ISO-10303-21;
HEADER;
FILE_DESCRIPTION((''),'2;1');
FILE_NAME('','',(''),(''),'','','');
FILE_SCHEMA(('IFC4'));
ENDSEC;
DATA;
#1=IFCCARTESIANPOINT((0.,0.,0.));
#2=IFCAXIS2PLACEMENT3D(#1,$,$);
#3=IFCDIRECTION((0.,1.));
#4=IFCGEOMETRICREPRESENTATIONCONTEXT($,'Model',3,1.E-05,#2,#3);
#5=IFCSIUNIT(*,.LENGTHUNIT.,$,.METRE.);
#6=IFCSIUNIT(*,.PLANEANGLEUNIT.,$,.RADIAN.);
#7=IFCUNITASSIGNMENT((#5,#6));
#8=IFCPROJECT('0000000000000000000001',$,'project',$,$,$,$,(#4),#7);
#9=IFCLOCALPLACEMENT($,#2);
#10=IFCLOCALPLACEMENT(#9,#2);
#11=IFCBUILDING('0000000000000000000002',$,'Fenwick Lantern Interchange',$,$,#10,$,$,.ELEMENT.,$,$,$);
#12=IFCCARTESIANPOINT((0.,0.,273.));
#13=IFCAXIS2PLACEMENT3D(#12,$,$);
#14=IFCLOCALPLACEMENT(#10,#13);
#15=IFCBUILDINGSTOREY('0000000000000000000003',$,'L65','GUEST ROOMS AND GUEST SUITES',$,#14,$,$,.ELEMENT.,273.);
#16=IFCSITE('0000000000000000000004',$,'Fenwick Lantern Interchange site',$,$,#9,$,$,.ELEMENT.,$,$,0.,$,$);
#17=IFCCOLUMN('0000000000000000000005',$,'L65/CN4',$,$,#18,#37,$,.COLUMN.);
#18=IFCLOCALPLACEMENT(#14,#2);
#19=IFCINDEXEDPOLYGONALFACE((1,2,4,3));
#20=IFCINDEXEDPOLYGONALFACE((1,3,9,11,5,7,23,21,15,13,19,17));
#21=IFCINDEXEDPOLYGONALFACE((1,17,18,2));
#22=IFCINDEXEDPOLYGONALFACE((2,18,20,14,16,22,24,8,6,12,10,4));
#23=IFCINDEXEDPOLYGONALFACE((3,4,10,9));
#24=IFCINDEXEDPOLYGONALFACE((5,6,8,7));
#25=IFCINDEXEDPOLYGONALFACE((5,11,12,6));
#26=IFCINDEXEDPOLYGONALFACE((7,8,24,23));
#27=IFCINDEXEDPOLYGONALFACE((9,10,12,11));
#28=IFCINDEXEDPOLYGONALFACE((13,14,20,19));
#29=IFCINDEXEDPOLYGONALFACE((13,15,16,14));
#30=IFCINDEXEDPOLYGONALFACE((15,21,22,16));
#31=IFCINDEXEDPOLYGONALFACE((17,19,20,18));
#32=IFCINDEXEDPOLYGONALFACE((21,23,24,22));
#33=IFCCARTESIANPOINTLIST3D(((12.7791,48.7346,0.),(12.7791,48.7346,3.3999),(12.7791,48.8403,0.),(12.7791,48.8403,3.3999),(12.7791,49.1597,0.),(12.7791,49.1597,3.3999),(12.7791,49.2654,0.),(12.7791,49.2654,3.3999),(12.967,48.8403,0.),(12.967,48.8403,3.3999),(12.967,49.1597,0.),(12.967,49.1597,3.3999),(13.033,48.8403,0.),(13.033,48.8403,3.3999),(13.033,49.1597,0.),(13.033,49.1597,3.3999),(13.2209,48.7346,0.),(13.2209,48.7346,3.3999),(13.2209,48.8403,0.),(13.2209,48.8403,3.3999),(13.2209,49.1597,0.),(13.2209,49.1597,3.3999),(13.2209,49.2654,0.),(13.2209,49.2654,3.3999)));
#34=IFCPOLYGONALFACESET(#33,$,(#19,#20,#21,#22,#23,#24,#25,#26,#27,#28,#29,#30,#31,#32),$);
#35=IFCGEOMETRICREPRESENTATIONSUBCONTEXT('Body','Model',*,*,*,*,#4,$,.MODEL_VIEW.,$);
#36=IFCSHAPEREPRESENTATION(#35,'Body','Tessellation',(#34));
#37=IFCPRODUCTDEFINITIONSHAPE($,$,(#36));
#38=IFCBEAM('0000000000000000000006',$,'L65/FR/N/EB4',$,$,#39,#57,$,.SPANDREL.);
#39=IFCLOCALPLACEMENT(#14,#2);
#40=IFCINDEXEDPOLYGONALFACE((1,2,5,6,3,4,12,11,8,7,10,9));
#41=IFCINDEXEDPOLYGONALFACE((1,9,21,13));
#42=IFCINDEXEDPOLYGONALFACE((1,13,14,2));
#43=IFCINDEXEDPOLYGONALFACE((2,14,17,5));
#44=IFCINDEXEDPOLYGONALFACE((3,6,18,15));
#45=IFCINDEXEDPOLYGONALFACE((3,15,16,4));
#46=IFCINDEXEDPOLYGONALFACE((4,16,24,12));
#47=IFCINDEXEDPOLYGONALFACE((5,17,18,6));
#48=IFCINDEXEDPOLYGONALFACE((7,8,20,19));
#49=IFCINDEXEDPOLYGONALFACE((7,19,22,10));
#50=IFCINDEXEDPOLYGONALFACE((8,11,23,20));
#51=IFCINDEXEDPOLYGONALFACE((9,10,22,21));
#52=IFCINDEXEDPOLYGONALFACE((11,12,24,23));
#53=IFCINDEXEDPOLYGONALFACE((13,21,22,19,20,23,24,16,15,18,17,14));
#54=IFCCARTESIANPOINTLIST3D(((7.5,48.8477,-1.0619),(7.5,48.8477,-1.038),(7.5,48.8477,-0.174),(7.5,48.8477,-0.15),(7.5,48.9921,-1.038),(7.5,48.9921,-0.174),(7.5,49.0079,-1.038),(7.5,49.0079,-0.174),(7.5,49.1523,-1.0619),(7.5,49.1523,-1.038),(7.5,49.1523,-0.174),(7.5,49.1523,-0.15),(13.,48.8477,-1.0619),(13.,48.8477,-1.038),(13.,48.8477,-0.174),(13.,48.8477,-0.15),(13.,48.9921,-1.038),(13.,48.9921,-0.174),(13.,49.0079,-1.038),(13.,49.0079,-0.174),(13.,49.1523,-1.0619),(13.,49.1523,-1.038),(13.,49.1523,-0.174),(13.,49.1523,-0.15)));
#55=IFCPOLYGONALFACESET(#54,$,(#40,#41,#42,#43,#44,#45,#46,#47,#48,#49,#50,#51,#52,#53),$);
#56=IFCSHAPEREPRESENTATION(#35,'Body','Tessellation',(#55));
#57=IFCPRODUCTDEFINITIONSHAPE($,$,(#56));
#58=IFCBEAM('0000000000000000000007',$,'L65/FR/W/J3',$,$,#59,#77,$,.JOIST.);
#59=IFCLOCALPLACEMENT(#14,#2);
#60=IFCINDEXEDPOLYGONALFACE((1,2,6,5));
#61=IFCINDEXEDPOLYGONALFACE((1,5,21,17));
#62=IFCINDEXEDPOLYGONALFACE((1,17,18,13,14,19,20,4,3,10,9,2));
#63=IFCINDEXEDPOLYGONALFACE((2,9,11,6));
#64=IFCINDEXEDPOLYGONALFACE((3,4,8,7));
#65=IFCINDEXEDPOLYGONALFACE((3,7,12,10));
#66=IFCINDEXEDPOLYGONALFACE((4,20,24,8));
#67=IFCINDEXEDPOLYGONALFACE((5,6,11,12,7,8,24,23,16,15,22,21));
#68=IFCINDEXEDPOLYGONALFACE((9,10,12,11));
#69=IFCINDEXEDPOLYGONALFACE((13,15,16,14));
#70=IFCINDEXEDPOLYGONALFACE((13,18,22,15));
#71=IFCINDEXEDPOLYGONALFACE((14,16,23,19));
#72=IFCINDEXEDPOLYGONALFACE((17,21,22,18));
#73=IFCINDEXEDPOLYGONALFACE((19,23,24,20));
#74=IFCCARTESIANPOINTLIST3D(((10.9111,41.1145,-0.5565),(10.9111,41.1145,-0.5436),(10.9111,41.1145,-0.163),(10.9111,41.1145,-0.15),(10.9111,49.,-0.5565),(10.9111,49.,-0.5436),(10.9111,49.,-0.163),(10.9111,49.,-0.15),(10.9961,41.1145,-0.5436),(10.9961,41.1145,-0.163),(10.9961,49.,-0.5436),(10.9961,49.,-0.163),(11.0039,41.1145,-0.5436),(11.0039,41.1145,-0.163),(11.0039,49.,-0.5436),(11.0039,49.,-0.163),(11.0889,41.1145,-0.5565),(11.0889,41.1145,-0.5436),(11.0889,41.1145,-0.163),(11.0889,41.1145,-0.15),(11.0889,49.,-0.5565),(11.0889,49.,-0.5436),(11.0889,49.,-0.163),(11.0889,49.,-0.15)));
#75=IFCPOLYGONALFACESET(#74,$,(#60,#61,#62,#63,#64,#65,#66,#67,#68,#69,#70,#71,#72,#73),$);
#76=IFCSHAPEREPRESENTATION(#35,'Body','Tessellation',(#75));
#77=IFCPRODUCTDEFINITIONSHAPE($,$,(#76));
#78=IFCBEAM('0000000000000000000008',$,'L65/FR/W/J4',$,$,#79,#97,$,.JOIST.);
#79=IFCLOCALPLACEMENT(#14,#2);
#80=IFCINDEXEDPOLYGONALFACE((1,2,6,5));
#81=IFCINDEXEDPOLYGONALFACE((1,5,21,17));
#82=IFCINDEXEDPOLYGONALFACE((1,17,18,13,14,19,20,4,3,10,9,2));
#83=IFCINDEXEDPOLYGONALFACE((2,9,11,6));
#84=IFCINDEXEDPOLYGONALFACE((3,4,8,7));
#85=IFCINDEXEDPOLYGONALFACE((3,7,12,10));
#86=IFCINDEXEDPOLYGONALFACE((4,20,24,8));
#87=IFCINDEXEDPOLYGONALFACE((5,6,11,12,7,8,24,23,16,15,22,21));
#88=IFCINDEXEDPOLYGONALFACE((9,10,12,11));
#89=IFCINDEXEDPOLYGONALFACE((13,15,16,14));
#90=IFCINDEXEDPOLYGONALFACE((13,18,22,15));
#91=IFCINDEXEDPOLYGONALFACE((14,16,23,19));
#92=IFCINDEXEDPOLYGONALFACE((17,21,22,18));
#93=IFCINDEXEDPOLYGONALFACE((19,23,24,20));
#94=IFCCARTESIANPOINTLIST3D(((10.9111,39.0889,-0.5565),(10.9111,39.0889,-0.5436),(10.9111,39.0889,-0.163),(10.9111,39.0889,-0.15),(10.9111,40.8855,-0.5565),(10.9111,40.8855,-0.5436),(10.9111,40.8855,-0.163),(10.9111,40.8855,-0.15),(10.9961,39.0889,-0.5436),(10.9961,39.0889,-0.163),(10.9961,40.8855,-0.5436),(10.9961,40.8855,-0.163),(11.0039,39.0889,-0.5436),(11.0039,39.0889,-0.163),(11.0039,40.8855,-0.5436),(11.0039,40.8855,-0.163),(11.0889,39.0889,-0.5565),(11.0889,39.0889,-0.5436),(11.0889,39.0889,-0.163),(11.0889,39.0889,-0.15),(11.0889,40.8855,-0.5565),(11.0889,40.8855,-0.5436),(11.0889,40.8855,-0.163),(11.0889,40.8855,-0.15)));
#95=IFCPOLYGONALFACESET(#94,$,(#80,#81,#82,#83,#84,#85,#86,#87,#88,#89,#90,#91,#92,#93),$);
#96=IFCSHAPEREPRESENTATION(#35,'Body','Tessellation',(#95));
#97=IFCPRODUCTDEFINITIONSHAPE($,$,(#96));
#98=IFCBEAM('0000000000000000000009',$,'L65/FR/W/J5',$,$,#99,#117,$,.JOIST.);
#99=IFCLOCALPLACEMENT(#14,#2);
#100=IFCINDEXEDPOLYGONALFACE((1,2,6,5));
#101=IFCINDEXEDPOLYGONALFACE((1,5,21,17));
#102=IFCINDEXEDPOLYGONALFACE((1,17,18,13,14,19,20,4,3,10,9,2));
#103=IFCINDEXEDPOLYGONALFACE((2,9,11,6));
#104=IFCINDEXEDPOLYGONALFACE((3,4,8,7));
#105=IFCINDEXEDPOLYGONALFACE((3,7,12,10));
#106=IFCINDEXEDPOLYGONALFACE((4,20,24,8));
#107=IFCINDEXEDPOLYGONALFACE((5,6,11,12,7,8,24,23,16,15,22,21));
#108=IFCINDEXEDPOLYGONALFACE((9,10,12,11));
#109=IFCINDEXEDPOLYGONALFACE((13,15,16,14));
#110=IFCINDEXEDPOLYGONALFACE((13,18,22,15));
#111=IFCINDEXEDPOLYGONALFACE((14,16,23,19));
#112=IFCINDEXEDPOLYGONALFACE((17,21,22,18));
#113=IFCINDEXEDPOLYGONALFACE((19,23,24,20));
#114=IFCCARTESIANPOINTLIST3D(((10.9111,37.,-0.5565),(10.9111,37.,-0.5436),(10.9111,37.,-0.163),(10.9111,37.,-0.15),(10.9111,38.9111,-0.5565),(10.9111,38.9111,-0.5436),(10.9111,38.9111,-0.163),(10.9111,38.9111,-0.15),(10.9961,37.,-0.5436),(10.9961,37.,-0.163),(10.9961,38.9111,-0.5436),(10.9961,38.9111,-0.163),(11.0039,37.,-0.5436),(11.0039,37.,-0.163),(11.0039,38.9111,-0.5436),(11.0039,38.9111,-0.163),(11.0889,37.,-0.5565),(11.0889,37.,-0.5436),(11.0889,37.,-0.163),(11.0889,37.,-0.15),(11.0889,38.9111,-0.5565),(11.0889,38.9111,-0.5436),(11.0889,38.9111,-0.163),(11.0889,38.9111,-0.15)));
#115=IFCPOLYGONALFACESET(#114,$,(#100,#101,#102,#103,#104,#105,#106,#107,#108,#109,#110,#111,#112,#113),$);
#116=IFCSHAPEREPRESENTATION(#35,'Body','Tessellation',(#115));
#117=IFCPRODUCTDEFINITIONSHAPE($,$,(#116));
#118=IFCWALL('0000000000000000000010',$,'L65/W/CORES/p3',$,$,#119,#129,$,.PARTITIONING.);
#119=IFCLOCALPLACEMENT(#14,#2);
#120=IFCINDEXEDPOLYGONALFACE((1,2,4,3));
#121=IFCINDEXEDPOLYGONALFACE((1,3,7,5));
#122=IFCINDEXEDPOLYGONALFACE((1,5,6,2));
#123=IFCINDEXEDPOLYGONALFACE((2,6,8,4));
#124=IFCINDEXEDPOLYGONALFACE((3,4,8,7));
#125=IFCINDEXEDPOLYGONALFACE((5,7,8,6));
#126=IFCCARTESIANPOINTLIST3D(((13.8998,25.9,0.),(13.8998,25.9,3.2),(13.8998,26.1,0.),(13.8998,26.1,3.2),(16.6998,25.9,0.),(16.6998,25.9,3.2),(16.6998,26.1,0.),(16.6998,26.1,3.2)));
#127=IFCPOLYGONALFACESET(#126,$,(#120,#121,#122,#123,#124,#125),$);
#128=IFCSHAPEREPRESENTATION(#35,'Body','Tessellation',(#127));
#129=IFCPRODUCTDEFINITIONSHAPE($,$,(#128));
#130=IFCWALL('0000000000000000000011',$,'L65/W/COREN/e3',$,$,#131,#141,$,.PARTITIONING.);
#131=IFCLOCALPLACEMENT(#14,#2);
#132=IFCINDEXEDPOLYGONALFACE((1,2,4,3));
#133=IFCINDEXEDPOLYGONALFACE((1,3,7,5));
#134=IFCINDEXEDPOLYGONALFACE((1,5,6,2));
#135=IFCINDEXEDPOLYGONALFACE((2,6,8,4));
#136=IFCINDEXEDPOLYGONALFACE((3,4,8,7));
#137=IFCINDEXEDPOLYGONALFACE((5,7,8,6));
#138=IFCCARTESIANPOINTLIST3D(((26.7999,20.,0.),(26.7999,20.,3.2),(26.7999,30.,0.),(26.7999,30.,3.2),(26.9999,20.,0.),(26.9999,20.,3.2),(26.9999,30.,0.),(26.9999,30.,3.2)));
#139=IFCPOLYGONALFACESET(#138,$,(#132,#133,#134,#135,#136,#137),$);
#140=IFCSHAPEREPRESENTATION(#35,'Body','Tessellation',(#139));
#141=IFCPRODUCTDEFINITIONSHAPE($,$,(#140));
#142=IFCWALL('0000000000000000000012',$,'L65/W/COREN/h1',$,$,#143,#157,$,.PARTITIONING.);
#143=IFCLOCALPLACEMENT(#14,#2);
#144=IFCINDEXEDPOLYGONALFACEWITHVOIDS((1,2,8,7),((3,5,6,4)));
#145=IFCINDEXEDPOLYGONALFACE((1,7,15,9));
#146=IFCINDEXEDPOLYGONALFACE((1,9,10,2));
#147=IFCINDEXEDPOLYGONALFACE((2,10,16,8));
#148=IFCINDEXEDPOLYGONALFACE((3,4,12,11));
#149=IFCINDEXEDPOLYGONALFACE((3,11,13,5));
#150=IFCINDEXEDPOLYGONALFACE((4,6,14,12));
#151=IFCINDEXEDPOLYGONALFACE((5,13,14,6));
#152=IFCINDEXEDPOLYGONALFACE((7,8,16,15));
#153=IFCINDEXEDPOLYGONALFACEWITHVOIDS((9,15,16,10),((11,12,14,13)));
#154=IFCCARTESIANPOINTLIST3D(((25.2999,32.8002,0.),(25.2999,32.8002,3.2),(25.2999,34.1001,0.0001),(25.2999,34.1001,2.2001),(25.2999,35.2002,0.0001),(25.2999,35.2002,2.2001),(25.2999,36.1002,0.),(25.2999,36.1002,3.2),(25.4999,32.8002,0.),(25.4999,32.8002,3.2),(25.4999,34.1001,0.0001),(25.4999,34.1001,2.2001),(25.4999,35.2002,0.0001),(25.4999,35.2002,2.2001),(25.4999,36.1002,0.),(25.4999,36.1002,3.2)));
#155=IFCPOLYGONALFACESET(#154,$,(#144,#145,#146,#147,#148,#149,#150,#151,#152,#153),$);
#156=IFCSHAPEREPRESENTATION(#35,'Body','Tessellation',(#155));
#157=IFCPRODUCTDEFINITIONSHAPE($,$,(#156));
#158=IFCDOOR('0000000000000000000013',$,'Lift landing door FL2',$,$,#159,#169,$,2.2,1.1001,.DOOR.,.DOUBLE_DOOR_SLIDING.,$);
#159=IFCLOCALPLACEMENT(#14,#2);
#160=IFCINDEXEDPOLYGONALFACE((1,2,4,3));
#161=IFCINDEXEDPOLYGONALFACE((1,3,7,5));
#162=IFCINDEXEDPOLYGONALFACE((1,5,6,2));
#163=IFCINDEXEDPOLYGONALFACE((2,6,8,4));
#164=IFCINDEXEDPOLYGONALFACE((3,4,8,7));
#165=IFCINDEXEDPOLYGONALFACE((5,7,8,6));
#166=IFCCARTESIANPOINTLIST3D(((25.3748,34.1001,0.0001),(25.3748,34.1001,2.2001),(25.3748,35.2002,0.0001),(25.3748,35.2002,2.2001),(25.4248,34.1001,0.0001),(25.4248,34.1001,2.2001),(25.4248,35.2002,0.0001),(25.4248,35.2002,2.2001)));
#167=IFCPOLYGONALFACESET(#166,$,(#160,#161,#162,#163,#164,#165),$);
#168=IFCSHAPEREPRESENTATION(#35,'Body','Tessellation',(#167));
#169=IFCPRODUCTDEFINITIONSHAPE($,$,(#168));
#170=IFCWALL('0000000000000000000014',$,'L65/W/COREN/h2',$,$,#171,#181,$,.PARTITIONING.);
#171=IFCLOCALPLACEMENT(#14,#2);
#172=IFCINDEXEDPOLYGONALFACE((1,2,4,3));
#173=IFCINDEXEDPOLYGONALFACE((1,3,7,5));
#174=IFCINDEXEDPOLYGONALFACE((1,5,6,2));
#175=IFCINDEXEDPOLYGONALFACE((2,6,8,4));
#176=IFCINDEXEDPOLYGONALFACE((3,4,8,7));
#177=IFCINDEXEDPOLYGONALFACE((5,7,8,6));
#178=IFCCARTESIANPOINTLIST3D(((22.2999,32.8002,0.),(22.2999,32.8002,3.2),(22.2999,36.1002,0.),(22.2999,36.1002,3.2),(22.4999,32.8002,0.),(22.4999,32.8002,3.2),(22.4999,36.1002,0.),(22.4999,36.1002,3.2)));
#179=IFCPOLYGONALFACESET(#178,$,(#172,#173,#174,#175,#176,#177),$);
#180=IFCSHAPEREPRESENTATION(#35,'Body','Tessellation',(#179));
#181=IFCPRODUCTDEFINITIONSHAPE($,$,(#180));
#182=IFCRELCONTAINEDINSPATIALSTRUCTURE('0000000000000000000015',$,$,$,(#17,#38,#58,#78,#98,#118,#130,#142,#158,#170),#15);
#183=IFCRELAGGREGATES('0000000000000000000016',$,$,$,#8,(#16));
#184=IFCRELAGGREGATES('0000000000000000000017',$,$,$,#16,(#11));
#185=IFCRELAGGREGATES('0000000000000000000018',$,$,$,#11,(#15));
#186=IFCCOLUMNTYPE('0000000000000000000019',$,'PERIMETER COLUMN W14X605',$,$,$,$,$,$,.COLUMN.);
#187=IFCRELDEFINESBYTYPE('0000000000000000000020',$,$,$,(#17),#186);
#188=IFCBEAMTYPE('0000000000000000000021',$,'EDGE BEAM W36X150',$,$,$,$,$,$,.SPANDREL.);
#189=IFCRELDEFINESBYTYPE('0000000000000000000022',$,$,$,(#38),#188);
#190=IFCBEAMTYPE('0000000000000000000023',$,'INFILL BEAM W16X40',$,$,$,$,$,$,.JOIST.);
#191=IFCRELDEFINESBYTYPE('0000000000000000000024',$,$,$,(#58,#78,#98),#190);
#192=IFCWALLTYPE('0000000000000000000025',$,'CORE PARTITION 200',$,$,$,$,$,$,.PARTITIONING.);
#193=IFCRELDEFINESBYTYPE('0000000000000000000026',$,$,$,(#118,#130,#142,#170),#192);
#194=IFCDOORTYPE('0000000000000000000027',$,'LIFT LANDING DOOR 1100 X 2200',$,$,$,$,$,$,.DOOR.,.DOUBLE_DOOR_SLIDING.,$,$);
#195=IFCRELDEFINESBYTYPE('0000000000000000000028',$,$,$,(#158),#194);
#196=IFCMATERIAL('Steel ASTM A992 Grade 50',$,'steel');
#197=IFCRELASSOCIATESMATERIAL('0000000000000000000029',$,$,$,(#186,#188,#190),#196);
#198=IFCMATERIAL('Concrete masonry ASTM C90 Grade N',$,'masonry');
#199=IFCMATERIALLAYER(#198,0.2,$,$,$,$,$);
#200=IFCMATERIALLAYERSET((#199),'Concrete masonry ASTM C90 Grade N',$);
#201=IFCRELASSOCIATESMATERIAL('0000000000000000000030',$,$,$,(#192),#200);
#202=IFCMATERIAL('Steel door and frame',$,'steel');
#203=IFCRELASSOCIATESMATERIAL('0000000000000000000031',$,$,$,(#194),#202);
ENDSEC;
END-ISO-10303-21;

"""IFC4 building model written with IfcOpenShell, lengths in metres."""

from ifc_helpers import new_model, si_unit, direction, frame, frame_2d, origin, origin_2d, place, context, subcontext, project, spatial, rectangle, i_section, extrude, material, layer, layer_set, material_profile, profile_set, type_object, element, fill, save


model = new_model("IFC4")

# Units and contexts
model_context = context("Model", 3, precision=1e-05, world=origin(), true_north=direction((0.0, 1.0)))
body_context = subcontext(model_context, "Body", "Model", "MODEL_VIEW")
ifc_project = project(units=[si_unit("LENGTHUNIT", "METRE"), si_unit("PLANEANGLEUNIT", "RADIAN")], contexts=[model_context])

# Site, building, storey
site_placement = place(None, origin())
site = spatial("IfcSite", under=ifc_project, at=site_placement, Name="Fenwick Lantern Interchange site", CompositionType="ELEMENT", RefElevation=0.0)
building_placement = place(site_placement, origin())
building = spatial("IfcBuilding", under=site, at=building_placement, Name="Fenwick Lantern Interchange", CompositionType="ELEMENT")
storey_placement = place(building_placement, frame((0.0, 0.0, 273.0)))
storey = spatial("IfcBuildingStorey", under=building, at=storey_placement, Name="L65", Description="GUEST ROOMS AND GUEST SUITES", CompositionType="ELEMENT", Elevation=273.0)

# Column
ifc_material_1 = material(Name="Steel ASTM A992 Grade 50", Category="steel")
ifc_material_profile_1 = material_profile(ifc_material_1, i_section(OverallWidth=0.4419, OverallDepth=0.5308, WebThickness=0.0659, FlangeThickness=0.1057, at=origin_2d()), Name="W14X605")
ifc_profile_set_1 = profile_set([ifc_material_profile_1], Name="Steel ASTM A992 Grade 50")
column_type = type_object("IfcColumnType", Name="PERIMETER COLUMN W14X605", PredefinedType="COLUMN", material=ifc_profile_set_1)
column_placement = place(storey_placement, frame((13.0, 49.0, 0.0), z_axis=(0.0, 0.0, 1.0), x_axis=(1.0, 0.0, 0.0)))
element("IfcColumn", 1, at=column_placement, inside=storey, type_object=column_type, Name="L65/CN4", PredefinedType="COLUMN", context=body_context, shape_type="SweptSolid", body=[
    extrude(i_section(OverallWidth=0.4419, OverallDepth=0.5308, WebThickness=0.0659, FlangeThickness=0.1057, at=origin_2d()), origin(), (0.0, 0.0, 1.0), 3.3999),
])

# Beams
ifc_material_profile_2 = material_profile(ifc_material_1, i_section(OverallWidth=0.3047, OverallDepth=0.9119, WebThickness=0.0159, FlangeThickness=0.0239, at=origin_2d()), Name="W36X150")
ifc_profile_set_2 = profile_set([ifc_material_profile_2], Name="Steel ASTM A992 Grade 50")
beam_type_1 = type_object("IfcBeamType", Name="EDGE BEAM W36X150", PredefinedType="SPANDREL", material=ifc_profile_set_2)
beam_1_placement = place(storey_placement, frame((13.0, 49.0, -0.606), z_axis=(-1.0, 0.0, 0.0), x_axis=(0.0, -1.0, 0.0)))
element("IfcBeam", 2, at=beam_1_placement, inside=storey, type_object=beam_type_1, Name="L65/FR/N/EB4", PredefinedType="SPANDREL", context=body_context, shape_type="SweptSolid", body=[
    extrude(i_section(OverallWidth=0.3047, OverallDepth=0.9119, WebThickness=0.0159, FlangeThickness=0.0239, at=origin_2d()), origin(), (0.0, 0.0, 1.0), 5.5),
])
ifc_material_profile_3 = material_profile(ifc_material_1, i_section(OverallWidth=0.1777, OverallDepth=0.4065, WebThickness=0.0078, FlangeThickness=0.0129, at=origin_2d()), Name="W16X40")
ifc_profile_set_3 = profile_set([ifc_material_profile_3], Name="Steel ASTM A992 Grade 50")
beam_type_2 = type_object("IfcBeamType", Name="INFILL BEAM W16X40", PredefinedType="JOIST", material=ifc_profile_set_3)
beam_2_placement = place(storey_placement, frame((11.0, 49.0, -0.3533), z_axis=(0.0, -1.0, 0.0), x_axis=(1.0, 0.0, 0.0)))
element("IfcBeam", 3, at=beam_2_placement, inside=storey, type_object=beam_type_2, Name="L65/FR/W/J3", PredefinedType="JOIST", context=body_context, shape_type="SweptSolid", body=[
    extrude(i_section(OverallWidth=0.1777, OverallDepth=0.4065, WebThickness=0.0078, FlangeThickness=0.0129, at=origin_2d()), origin(), (0.0, 0.0, 1.0), 7.8855),
])
beam_3_placement = place(storey_placement, frame((11.0, 40.8855, -0.3533), z_axis=(0.0, -1.0, 0.0), x_axis=(1.0, 0.0, 0.0)))
element("IfcBeam", 4, at=beam_3_placement, inside=storey, type_object=beam_type_2, Name="L65/FR/W/J4", PredefinedType="JOIST", context=body_context, shape_type="SweptSolid", body=[
    extrude(i_section(OverallWidth=0.1777, OverallDepth=0.4065, WebThickness=0.0078, FlangeThickness=0.0129, at=origin_2d()), origin(), (0.0, 0.0, 1.0), 1.7966),
])
beam_4_placement = place(storey_placement, frame((11.0, 38.9111, -0.3533), z_axis=(0.0, -1.0, 0.0), x_axis=(1.0, 0.0, 0.0)))
element("IfcBeam", 5, at=beam_4_placement, inside=storey, type_object=beam_type_2, Name="L65/FR/W/J5", PredefinedType="JOIST", context=body_context, shape_type="SweptSolid", body=[
    extrude(i_section(OverallWidth=0.1777, OverallDepth=0.4065, WebThickness=0.0078, FlangeThickness=0.0129, at=origin_2d()), origin(), (0.0, 0.0, 1.0), 1.9111),
])

# Walls
ifc_material_2 = material(Name="Concrete masonry ASTM C90 Grade N", Category="masonry")
ifc_layer_1 = layer(ifc_material_2, 0.2)
ifc_layer_set_1 = layer_set([ifc_layer_1], Name="Concrete masonry ASTM C90 Grade N")
wall_type_1 = type_object("IfcWallType", Name="CORE PARTITION 200", PredefinedType="PARTITIONING", material=ifc_layer_set_1)
wall_1_placement = place(storey_placement, frame((13.8999, 26.0, 0.0), z_axis=(0.0, 0.0, 1.0), x_axis=(1.0, 0.0, 0.0)))
element("IfcWall", 6, at=wall_1_placement, inside=storey, type_object=wall_type_1, Name="L65/W/CORES/p3", PredefinedType="PARTITIONING", context=body_context, shape_type="SweptSolid", body=[
    extrude(rectangle(XDim=2.8, YDim=0.2, at=frame_2d((1.3999, 0.0))), origin(), (0.0, 0.0, 1.0), 3.2),
])
wall_2_placement = place(storey_placement, frame((26.8999, 30.0, 0.0), z_axis=(0.0, 0.0, 1.0), x_axis=(0.0, -1.0, 0.0)))
element("IfcWall", 7, at=wall_2_placement, inside=storey, type_object=wall_type_1, Name="L65/W/COREN/e3", PredefinedType="PARTITIONING", context=body_context, shape_type="SweptSolid", body=[
    extrude(rectangle(XDim=10.0, YDim=0.2, at=frame_2d((5.0, 0.0))), origin(), (0.0, 0.0, 1.0), 3.2),
])

# Wall, opening, door
wall_3_placement = place(storey_placement, frame((25.3999, 36.1001, 0.0), z_axis=(0.0, 0.0, 1.0), x_axis=(0.0, -1.0, 0.0)))
wall_3 = element("IfcWall", 8, at=wall_3_placement, inside=storey, type_object=wall_type_1, Name="L65/W/COREN/h1", PredefinedType="PARTITIONING", context=body_context, shape_type="SweptSolid", body=[
    extrude(rectangle(XDim=3.3, YDim=0.2, at=frame_2d((1.6499, 0.0))), origin(), (0.0, 0.0, 1.0), 3.2),
])
opening_1_placement = place(wall_3_placement, frame((0.8999, 0.0, 0.0)))
opening_1 = element("IfcOpeningElement", 9, at=opening_1_placement, cuts=wall_3, PredefinedType="OPENING", context=body_context, shape_type="SweptSolid", body=[
    extrude(rectangle(XDim=1.1001, YDim=2.2, at=frame_2d((0.55, 1.1001))), frame((0.0, 0.1099, 0.0), z_axis=(0.0, -1.0, 0.0), x_axis=(1.0, 0.0, 0.0)), (0.0, 0.0, 1.0), 0.22),
])
ifc_material_3 = material(Name="Steel door and frame", Category="steel")
door_type_1 = type_object("IfcDoorType", Name="LIFT LANDING DOOR 1100 X 2200", OperationType="DOUBLE_DOOR_SLIDING", PredefinedType="DOOR", material=ifc_material_3)
door_1_placement = place(opening_1_placement, origin())
door_1 = element("IfcDoor", 10, at=door_1_placement, inside=storey, type_object=door_type_1, Name="Lift landing door FL2", OperationType="DOUBLE_DOOR_SLIDING", OverallHeight=2.2, OverallWidth=1.1001, PredefinedType="DOOR", context=body_context, shape_type="SweptSolid", body=[
    extrude(rectangle(XDim=1.1001, YDim=2.2, at=frame_2d((0.55, 1.1001))), frame((0.0, 0.0249, 0.0), z_axis=(0.0, -1.0, 0.0), x_axis=(1.0, 0.0, 0.0)), (0.0, 0.0, 1.0), 0.05),
])
fill(opening_1, door_1)

# Wall
wall_4_placement = place(storey_placement, frame((22.3999, 36.1001, 0.0), z_axis=(0.0, 0.0, 1.0), x_axis=(0.0, -1.0, 0.0)))
element("IfcWall", 11, at=wall_4_placement, inside=storey, type_object=wall_type_1, Name="L65/W/COREN/h2", PredefinedType="PARTITIONING", context=body_context, shape_type="SweptSolid", body=[
    extrude(rectangle(XDim=3.3, YDim=0.2, at=frame_2d((1.6499, 0.0))), origin(), (0.0, 0.0, 1.0), 3.2),
])

save(model, "model.ifc")
